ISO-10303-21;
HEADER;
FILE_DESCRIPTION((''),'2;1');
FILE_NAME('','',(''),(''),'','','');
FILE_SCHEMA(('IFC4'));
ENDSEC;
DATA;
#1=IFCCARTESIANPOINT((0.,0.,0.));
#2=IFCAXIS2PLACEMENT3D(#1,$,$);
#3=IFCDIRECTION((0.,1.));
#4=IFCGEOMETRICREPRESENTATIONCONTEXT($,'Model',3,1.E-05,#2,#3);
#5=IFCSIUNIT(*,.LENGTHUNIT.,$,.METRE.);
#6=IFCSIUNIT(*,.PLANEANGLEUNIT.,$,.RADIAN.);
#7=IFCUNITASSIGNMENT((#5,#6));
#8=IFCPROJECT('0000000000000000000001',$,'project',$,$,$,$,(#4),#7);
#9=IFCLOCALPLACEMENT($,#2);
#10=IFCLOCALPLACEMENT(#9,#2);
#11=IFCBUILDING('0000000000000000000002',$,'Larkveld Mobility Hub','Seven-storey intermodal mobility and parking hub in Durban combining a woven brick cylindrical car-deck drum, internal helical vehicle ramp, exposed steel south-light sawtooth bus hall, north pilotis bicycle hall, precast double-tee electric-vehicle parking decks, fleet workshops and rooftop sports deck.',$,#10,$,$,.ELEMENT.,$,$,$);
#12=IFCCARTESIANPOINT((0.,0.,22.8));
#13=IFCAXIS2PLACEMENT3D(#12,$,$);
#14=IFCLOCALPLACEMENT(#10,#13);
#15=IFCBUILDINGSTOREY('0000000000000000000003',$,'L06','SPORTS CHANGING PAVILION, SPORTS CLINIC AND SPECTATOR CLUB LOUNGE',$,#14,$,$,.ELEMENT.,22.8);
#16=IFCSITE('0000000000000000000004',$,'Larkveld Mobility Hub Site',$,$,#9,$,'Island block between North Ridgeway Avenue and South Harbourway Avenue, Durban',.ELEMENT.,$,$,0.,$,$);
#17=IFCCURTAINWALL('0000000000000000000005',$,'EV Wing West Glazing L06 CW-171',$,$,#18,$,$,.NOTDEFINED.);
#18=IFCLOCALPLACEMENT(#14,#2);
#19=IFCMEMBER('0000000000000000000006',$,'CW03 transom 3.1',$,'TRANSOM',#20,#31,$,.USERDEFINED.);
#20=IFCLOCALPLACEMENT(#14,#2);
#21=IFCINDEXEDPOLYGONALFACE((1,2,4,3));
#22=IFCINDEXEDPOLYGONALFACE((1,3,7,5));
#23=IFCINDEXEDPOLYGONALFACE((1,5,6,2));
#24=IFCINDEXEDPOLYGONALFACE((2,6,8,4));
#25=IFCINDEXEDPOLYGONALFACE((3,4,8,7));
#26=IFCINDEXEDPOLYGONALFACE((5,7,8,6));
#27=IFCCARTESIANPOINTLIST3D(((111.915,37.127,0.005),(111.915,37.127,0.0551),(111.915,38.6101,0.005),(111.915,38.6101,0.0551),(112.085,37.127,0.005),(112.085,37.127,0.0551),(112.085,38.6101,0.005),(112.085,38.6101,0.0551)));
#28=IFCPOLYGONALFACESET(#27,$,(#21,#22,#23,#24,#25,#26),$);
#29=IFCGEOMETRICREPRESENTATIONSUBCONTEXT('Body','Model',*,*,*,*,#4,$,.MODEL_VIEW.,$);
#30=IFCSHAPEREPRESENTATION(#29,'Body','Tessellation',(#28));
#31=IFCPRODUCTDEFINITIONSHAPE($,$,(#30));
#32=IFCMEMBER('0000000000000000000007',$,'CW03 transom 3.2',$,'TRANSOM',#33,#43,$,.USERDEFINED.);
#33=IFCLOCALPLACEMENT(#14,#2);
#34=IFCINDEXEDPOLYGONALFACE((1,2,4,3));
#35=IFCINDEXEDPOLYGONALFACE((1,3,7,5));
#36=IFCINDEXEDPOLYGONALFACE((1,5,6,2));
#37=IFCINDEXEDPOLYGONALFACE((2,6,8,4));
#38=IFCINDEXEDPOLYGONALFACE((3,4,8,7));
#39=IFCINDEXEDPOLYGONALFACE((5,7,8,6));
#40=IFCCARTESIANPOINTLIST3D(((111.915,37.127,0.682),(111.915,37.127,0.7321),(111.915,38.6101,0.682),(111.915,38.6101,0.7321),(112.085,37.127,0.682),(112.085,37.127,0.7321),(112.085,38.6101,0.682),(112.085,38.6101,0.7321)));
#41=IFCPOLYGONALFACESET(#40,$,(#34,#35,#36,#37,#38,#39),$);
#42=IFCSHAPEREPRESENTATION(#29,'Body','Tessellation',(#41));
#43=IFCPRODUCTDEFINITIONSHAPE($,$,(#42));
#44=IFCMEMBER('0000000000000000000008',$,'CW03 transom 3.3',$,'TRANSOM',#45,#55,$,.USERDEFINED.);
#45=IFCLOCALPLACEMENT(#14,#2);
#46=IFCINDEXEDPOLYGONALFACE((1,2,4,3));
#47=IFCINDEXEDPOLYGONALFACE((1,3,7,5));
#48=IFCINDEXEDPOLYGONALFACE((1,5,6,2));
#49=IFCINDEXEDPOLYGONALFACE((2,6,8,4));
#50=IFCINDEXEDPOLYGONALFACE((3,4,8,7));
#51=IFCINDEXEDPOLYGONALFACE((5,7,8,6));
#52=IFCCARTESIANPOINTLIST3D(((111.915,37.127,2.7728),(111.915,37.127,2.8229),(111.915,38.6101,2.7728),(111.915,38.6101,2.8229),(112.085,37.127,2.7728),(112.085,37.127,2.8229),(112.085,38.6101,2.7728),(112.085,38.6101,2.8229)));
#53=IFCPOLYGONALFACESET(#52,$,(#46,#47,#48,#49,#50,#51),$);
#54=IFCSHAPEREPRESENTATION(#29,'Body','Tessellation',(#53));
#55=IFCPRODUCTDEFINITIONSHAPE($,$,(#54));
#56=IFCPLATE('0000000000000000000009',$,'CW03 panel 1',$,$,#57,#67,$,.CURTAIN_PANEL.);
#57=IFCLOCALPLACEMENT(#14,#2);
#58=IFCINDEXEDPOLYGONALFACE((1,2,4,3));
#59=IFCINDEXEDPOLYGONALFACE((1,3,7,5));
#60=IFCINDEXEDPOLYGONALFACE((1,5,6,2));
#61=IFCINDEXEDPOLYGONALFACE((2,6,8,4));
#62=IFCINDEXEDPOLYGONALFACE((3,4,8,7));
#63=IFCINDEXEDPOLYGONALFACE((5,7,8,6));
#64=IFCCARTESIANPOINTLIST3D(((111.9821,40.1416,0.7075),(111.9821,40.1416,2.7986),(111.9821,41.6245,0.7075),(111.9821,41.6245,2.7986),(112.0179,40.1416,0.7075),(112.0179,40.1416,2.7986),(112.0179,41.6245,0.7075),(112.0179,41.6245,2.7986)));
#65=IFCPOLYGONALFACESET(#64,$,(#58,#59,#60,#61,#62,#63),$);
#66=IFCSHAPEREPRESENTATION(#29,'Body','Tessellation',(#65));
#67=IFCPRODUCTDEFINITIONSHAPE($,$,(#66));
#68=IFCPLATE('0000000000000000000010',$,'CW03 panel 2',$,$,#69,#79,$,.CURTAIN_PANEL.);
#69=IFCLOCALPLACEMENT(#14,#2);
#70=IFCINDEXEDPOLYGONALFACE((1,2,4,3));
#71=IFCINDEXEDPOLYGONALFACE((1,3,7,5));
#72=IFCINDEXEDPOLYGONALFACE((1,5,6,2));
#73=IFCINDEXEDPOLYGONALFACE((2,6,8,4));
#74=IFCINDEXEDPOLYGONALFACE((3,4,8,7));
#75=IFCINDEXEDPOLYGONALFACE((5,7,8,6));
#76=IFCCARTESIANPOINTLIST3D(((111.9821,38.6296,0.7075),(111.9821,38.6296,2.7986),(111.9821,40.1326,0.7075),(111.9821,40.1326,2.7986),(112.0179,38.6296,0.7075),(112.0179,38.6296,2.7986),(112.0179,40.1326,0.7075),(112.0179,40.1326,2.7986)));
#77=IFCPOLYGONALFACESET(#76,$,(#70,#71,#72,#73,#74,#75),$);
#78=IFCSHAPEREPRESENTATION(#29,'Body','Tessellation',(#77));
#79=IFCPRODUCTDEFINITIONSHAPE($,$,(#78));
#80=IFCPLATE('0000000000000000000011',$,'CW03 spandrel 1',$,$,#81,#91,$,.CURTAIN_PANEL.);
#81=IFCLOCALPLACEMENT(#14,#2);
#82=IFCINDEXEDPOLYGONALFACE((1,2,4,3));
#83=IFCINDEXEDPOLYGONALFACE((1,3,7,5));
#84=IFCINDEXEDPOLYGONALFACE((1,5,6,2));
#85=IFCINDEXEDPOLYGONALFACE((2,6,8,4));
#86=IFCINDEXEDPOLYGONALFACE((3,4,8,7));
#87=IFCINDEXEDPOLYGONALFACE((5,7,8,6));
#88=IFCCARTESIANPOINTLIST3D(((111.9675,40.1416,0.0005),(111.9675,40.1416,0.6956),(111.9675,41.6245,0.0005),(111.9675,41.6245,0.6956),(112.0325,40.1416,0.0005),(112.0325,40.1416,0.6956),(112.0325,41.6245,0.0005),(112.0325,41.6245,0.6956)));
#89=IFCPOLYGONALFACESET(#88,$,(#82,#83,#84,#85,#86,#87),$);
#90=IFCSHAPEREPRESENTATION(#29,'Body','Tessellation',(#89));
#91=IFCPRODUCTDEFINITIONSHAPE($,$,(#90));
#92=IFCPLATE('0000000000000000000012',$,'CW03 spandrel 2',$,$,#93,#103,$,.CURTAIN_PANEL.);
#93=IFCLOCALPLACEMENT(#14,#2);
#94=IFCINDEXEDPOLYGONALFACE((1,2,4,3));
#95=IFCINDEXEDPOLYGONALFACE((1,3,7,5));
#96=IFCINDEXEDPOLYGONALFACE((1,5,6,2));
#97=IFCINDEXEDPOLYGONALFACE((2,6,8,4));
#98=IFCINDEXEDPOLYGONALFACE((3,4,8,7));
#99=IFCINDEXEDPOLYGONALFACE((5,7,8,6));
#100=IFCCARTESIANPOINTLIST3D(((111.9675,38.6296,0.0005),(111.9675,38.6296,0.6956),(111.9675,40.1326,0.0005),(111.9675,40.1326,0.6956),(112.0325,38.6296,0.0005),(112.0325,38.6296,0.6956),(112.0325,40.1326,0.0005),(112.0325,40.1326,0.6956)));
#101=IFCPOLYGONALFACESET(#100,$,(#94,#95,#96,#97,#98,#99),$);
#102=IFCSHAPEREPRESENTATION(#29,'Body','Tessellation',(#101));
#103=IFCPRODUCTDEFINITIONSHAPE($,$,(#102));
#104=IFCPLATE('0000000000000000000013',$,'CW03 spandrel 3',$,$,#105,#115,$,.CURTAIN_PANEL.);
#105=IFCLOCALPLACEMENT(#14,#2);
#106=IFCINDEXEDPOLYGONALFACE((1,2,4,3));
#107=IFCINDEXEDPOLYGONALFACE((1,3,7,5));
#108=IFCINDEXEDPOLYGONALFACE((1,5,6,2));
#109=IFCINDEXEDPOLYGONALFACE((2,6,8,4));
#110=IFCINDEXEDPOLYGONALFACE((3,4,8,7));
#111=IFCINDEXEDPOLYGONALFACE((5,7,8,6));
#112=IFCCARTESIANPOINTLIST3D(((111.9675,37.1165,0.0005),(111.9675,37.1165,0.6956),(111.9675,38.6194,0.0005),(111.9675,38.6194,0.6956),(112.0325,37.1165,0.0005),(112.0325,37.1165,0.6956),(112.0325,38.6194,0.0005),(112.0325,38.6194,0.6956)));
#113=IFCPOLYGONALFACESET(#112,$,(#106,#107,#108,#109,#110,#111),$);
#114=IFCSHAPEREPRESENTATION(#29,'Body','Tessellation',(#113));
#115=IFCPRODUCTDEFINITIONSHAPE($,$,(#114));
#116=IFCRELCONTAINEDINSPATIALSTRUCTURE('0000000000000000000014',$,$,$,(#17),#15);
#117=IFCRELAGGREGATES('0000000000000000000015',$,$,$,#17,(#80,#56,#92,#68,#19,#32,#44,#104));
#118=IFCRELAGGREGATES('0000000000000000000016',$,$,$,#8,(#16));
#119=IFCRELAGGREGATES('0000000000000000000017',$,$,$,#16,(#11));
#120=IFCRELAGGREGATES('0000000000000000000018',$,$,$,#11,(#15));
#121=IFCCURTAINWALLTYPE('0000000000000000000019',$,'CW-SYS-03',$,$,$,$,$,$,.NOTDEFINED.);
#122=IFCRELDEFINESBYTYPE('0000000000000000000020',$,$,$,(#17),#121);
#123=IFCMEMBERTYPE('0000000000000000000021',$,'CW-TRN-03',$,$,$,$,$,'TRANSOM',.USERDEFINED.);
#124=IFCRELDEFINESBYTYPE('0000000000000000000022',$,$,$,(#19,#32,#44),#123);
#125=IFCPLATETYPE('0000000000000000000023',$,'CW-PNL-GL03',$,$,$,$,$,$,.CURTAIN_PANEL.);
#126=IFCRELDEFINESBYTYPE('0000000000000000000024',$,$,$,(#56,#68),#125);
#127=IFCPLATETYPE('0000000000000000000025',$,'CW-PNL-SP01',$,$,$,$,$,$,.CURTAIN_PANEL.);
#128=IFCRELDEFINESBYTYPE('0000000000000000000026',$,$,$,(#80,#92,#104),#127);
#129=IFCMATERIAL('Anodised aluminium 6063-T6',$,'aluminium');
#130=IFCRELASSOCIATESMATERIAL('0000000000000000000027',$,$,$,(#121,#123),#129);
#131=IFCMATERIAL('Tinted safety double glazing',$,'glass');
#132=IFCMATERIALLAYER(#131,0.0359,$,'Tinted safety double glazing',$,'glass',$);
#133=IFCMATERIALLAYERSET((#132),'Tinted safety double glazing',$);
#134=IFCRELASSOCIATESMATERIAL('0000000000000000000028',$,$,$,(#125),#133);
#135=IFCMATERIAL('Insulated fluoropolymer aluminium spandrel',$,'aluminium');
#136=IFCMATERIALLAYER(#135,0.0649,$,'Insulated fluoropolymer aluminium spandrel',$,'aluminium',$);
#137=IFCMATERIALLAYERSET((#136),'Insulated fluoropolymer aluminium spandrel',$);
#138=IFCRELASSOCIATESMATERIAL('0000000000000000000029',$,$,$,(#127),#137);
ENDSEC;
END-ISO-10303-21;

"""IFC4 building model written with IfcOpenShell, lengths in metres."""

from ifc_helpers import new_model, si_unit, direction, frame, origin, origin_2d, place, context, subcontext, project, spatial, rectangle, extrude, material, layer, layer_set, material_profile, profile_set, type_object, element, aggregate, save


model = new_model("IFC4")

# Units and contexts
model_context = context("Model", 3, precision=1e-05, world=origin(), true_north=direction((0.0, 1.0)))
body_context = subcontext(model_context, "Body", "Model", "MODEL_VIEW")
ifc_project = project(units=[si_unit("LENGTHUNIT", "METRE"), si_unit("PLANEANGLEUNIT", "RADIAN")], contexts=[model_context])

# Site, building, storey
site_placement = place(None, origin())
site = spatial("IfcSite", under=ifc_project, at=site_placement, Name="Larkveld Mobility Hub Site", LongName="Island block between North Ridgeway Avenue and South Harbourway Avenue, Durban", CompositionType="ELEMENT", RefElevation=0.0)
building_placement = place(site_placement, origin())
building = spatial("IfcBuilding", under=site, at=building_placement, Name="Larkveld Mobility Hub", Description="Seven-storey intermodal mobility and parking hub in Durban combining a woven brick cylindrical car-deck drum, internal helical vehicle ramp, exposed steel south-light sawtooth bus hall, north pilotis bicycle hall, precast double-tee electric-vehicle parking decks, fleet workshops and rooftop sports deck.", CompositionType="ELEMENT")
storey_placement = place(building_placement, frame((0.0, 0.0, 22.8)))
storey = spatial("IfcBuildingStorey", under=building, at=storey_placement, Name="L06", Description="SPORTS CHANGING PAVILION, SPORTS CLINIC AND SPECTATOR CLUB LOUNGE", CompositionType="ELEMENT", Elevation=22.8)

# Curtain wall, members, plates
ifc_material_1 = material(Name="Anodised aluminium 6063-T6", Category="aluminium")
curtain_wall_type = type_object("IfcCurtainWallType", Name="CW-SYS-03", PredefinedType="NOTDEFINED", material=ifc_material_1)
curtain_wall_placement = place(storey_placement, origin())
curtain_wall = element("IfcCurtainWall", 1, at=curtain_wall_placement, inside=storey, type_object=curtain_wall_type, Name="EV Wing West Glazing L06 CW-171", PredefinedType="NOTDEFINED")
ifc_material_profile_1 = material_profile(ifc_material_1, rectangle(XDim=0.1699, YDim=0.05, at=origin_2d()), Name="ALU TRAN 50x170")
ifc_profile_set_1 = profile_set([ifc_material_profile_1], Name="Anodised aluminium 6063-T6")
member_type_1 = type_object("IfcMemberType", Name="CW-TRN-03", ElementType="TRANSOM", PredefinedType="USERDEFINED", material=ifc_profile_set_1)
member_1_placement = place(storey_placement, frame((112.0, 38.6101, 0.03), z_axis=(0.0, -1.0, 0.0), x_axis=(1.0, 0.0, 0.0)))
member_1 = element("IfcMember", 2, at=member_1_placement, type_object=member_type_1, Name="CW03 transom 3.1", ObjectType="TRANSOM", PredefinedType="USERDEFINED", context=body_context, shape_type="SweptSolid", body=[
    extrude(rectangle(XDim=0.1699, YDim=0.05, at=origin_2d()), origin(), (0.0, 0.0, 1.0), 1.4832),
])
member_2_placement = place(storey_placement, frame((112.0, 38.6101, 0.707), z_axis=(0.0, -1.0, 0.0), x_axis=(1.0, 0.0, 0.0)))
member_2 = element("IfcMember", 3, at=member_2_placement, type_object=member_type_1, Name="CW03 transom 3.2", ObjectType="TRANSOM", PredefinedType="USERDEFINED", context=body_context, shape_type="SweptSolid", body=[
    extrude(rectangle(XDim=0.1699, YDim=0.05, at=origin_2d()), origin(), (0.0, 0.0, 1.0), 1.4832),
])
member_3_placement = place(storey_placement, frame((112.0, 38.6101, 2.7979), z_axis=(0.0, -1.0, 0.0), x_axis=(1.0, 0.0, 0.0)))
member_3 = element("IfcMember", 4, at=member_3_placement, type_object=member_type_1, Name="CW03 transom 3.3", ObjectType="TRANSOM", PredefinedType="USERDEFINED", context=body_context, shape_type="SweptSolid", body=[
    extrude(rectangle(XDim=0.1699, YDim=0.05, at=origin_2d()), origin(), (0.0, 0.0, 1.0), 1.4832),
])
ifc_material_2 = material(Name="Tinted safety double glazing", Category="glass")
ifc_layer_1 = layer(ifc_material_2, 0.0359, Name="Tinted safety double glazing", Category="glass")
ifc_layer_set_1 = layer_set([ifc_layer_1], Name="Tinted safety double glazing")
plate_type_1 = type_object("IfcPlateType", Name="CW-PNL-GL03", PredefinedType="CURTAIN_PANEL", material=ifc_layer_set_1)
plate_1_placement = place(storey_placement, frame((112.0, 40.8831, 0.7075), z_axis=(0.0, 0.0, 1.0), x_axis=(0.0, -1.0, 0.0)))
plate_1 = element("IfcPlate", 5, at=plate_1_placement, type_object=plate_type_1, Name="CW03 panel 1", PredefinedType="CURTAIN_PANEL", context=body_context, shape_type="SweptSolid", body=[
    extrude(rectangle(XDim=1.4829, YDim=0.0359, at=origin_2d()), origin(), (0.0, 0.0, 1.0), 2.0911),
])
plate_2_placement = place(storey_placement, frame((112.0, 39.3811, 0.7075), z_axis=(0.0, 0.0, 1.0), x_axis=(0.0, -1.0, 0.0)))
plate_2 = element("IfcPlate", 6, at=plate_2_placement, type_object=plate_type_1, Name="CW03 panel 2", PredefinedType="CURTAIN_PANEL", context=body_context, shape_type="SweptSolid", body=[
    extrude(rectangle(XDim=1.5029, YDim=0.0359, at=origin_2d()), origin(), (0.0, 0.0, 1.0), 2.0911),
])
ifc_material_3 = material(Name="Insulated fluoropolymer aluminium spandrel", Category="aluminium")
ifc_layer_2 = layer(ifc_material_3, 0.0649, Name="Insulated fluoropolymer aluminium spandrel", Category="aluminium")
ifc_layer_set_2 = layer_set([ifc_layer_2], Name="Insulated fluoropolymer aluminium spandrel")
plate_type_2 = type_object("IfcPlateType", Name="CW-PNL-SP01", PredefinedType="CURTAIN_PANEL", material=ifc_layer_set_2)
plate_3_placement = place(storey_placement, frame((112.0, 40.8831, 0.0005), z_axis=(0.0, 0.0, 1.0), x_axis=(0.0, -1.0, 0.0)))
plate_3 = element("IfcPlate", 7, at=plate_3_placement, type_object=plate_type_2, Name="CW03 spandrel 1", PredefinedType="CURTAIN_PANEL", context=body_context, shape_type="SweptSolid", body=[
    extrude(rectangle(XDim=1.4829, YDim=0.0649, at=origin_2d()), origin(), (0.0, 0.0, 1.0), 0.6951),
])
plate_4_placement = place(storey_placement, frame((112.0, 39.3811, 0.0005), z_axis=(0.0, 0.0, 1.0), x_axis=(0.0, -1.0, 0.0)))
plate_4 = element("IfcPlate", 8, at=plate_4_placement, type_object=plate_type_2, Name="CW03 spandrel 2", PredefinedType="CURTAIN_PANEL", context=body_context, shape_type="SweptSolid", body=[
    extrude(rectangle(XDim=1.5029, YDim=0.0649, at=origin_2d()), origin(), (0.0, 0.0, 1.0), 0.6951),
])
plate_5_placement = place(storey_placement, frame((112.0, 37.8679, 0.0005), z_axis=(0.0, 0.0, 1.0), x_axis=(0.0, -1.0, 0.0)))
plate_5 = element("IfcPlate", 9, at=plate_5_placement, type_object=plate_type_2, Name="CW03 spandrel 3", PredefinedType="CURTAIN_PANEL", context=body_context, shape_type="SweptSolid", body=[
    extrude(rectangle(XDim=1.5029, YDim=0.0649, at=origin_2d()), origin(), (0.0, 0.0, 1.0), 0.6951),
])
aggregate(curtain_wall, [plate_3, plate_1, plate_4, plate_2, member_1, member_2, member_3, plate_5])

save(model, "model.ifc")
